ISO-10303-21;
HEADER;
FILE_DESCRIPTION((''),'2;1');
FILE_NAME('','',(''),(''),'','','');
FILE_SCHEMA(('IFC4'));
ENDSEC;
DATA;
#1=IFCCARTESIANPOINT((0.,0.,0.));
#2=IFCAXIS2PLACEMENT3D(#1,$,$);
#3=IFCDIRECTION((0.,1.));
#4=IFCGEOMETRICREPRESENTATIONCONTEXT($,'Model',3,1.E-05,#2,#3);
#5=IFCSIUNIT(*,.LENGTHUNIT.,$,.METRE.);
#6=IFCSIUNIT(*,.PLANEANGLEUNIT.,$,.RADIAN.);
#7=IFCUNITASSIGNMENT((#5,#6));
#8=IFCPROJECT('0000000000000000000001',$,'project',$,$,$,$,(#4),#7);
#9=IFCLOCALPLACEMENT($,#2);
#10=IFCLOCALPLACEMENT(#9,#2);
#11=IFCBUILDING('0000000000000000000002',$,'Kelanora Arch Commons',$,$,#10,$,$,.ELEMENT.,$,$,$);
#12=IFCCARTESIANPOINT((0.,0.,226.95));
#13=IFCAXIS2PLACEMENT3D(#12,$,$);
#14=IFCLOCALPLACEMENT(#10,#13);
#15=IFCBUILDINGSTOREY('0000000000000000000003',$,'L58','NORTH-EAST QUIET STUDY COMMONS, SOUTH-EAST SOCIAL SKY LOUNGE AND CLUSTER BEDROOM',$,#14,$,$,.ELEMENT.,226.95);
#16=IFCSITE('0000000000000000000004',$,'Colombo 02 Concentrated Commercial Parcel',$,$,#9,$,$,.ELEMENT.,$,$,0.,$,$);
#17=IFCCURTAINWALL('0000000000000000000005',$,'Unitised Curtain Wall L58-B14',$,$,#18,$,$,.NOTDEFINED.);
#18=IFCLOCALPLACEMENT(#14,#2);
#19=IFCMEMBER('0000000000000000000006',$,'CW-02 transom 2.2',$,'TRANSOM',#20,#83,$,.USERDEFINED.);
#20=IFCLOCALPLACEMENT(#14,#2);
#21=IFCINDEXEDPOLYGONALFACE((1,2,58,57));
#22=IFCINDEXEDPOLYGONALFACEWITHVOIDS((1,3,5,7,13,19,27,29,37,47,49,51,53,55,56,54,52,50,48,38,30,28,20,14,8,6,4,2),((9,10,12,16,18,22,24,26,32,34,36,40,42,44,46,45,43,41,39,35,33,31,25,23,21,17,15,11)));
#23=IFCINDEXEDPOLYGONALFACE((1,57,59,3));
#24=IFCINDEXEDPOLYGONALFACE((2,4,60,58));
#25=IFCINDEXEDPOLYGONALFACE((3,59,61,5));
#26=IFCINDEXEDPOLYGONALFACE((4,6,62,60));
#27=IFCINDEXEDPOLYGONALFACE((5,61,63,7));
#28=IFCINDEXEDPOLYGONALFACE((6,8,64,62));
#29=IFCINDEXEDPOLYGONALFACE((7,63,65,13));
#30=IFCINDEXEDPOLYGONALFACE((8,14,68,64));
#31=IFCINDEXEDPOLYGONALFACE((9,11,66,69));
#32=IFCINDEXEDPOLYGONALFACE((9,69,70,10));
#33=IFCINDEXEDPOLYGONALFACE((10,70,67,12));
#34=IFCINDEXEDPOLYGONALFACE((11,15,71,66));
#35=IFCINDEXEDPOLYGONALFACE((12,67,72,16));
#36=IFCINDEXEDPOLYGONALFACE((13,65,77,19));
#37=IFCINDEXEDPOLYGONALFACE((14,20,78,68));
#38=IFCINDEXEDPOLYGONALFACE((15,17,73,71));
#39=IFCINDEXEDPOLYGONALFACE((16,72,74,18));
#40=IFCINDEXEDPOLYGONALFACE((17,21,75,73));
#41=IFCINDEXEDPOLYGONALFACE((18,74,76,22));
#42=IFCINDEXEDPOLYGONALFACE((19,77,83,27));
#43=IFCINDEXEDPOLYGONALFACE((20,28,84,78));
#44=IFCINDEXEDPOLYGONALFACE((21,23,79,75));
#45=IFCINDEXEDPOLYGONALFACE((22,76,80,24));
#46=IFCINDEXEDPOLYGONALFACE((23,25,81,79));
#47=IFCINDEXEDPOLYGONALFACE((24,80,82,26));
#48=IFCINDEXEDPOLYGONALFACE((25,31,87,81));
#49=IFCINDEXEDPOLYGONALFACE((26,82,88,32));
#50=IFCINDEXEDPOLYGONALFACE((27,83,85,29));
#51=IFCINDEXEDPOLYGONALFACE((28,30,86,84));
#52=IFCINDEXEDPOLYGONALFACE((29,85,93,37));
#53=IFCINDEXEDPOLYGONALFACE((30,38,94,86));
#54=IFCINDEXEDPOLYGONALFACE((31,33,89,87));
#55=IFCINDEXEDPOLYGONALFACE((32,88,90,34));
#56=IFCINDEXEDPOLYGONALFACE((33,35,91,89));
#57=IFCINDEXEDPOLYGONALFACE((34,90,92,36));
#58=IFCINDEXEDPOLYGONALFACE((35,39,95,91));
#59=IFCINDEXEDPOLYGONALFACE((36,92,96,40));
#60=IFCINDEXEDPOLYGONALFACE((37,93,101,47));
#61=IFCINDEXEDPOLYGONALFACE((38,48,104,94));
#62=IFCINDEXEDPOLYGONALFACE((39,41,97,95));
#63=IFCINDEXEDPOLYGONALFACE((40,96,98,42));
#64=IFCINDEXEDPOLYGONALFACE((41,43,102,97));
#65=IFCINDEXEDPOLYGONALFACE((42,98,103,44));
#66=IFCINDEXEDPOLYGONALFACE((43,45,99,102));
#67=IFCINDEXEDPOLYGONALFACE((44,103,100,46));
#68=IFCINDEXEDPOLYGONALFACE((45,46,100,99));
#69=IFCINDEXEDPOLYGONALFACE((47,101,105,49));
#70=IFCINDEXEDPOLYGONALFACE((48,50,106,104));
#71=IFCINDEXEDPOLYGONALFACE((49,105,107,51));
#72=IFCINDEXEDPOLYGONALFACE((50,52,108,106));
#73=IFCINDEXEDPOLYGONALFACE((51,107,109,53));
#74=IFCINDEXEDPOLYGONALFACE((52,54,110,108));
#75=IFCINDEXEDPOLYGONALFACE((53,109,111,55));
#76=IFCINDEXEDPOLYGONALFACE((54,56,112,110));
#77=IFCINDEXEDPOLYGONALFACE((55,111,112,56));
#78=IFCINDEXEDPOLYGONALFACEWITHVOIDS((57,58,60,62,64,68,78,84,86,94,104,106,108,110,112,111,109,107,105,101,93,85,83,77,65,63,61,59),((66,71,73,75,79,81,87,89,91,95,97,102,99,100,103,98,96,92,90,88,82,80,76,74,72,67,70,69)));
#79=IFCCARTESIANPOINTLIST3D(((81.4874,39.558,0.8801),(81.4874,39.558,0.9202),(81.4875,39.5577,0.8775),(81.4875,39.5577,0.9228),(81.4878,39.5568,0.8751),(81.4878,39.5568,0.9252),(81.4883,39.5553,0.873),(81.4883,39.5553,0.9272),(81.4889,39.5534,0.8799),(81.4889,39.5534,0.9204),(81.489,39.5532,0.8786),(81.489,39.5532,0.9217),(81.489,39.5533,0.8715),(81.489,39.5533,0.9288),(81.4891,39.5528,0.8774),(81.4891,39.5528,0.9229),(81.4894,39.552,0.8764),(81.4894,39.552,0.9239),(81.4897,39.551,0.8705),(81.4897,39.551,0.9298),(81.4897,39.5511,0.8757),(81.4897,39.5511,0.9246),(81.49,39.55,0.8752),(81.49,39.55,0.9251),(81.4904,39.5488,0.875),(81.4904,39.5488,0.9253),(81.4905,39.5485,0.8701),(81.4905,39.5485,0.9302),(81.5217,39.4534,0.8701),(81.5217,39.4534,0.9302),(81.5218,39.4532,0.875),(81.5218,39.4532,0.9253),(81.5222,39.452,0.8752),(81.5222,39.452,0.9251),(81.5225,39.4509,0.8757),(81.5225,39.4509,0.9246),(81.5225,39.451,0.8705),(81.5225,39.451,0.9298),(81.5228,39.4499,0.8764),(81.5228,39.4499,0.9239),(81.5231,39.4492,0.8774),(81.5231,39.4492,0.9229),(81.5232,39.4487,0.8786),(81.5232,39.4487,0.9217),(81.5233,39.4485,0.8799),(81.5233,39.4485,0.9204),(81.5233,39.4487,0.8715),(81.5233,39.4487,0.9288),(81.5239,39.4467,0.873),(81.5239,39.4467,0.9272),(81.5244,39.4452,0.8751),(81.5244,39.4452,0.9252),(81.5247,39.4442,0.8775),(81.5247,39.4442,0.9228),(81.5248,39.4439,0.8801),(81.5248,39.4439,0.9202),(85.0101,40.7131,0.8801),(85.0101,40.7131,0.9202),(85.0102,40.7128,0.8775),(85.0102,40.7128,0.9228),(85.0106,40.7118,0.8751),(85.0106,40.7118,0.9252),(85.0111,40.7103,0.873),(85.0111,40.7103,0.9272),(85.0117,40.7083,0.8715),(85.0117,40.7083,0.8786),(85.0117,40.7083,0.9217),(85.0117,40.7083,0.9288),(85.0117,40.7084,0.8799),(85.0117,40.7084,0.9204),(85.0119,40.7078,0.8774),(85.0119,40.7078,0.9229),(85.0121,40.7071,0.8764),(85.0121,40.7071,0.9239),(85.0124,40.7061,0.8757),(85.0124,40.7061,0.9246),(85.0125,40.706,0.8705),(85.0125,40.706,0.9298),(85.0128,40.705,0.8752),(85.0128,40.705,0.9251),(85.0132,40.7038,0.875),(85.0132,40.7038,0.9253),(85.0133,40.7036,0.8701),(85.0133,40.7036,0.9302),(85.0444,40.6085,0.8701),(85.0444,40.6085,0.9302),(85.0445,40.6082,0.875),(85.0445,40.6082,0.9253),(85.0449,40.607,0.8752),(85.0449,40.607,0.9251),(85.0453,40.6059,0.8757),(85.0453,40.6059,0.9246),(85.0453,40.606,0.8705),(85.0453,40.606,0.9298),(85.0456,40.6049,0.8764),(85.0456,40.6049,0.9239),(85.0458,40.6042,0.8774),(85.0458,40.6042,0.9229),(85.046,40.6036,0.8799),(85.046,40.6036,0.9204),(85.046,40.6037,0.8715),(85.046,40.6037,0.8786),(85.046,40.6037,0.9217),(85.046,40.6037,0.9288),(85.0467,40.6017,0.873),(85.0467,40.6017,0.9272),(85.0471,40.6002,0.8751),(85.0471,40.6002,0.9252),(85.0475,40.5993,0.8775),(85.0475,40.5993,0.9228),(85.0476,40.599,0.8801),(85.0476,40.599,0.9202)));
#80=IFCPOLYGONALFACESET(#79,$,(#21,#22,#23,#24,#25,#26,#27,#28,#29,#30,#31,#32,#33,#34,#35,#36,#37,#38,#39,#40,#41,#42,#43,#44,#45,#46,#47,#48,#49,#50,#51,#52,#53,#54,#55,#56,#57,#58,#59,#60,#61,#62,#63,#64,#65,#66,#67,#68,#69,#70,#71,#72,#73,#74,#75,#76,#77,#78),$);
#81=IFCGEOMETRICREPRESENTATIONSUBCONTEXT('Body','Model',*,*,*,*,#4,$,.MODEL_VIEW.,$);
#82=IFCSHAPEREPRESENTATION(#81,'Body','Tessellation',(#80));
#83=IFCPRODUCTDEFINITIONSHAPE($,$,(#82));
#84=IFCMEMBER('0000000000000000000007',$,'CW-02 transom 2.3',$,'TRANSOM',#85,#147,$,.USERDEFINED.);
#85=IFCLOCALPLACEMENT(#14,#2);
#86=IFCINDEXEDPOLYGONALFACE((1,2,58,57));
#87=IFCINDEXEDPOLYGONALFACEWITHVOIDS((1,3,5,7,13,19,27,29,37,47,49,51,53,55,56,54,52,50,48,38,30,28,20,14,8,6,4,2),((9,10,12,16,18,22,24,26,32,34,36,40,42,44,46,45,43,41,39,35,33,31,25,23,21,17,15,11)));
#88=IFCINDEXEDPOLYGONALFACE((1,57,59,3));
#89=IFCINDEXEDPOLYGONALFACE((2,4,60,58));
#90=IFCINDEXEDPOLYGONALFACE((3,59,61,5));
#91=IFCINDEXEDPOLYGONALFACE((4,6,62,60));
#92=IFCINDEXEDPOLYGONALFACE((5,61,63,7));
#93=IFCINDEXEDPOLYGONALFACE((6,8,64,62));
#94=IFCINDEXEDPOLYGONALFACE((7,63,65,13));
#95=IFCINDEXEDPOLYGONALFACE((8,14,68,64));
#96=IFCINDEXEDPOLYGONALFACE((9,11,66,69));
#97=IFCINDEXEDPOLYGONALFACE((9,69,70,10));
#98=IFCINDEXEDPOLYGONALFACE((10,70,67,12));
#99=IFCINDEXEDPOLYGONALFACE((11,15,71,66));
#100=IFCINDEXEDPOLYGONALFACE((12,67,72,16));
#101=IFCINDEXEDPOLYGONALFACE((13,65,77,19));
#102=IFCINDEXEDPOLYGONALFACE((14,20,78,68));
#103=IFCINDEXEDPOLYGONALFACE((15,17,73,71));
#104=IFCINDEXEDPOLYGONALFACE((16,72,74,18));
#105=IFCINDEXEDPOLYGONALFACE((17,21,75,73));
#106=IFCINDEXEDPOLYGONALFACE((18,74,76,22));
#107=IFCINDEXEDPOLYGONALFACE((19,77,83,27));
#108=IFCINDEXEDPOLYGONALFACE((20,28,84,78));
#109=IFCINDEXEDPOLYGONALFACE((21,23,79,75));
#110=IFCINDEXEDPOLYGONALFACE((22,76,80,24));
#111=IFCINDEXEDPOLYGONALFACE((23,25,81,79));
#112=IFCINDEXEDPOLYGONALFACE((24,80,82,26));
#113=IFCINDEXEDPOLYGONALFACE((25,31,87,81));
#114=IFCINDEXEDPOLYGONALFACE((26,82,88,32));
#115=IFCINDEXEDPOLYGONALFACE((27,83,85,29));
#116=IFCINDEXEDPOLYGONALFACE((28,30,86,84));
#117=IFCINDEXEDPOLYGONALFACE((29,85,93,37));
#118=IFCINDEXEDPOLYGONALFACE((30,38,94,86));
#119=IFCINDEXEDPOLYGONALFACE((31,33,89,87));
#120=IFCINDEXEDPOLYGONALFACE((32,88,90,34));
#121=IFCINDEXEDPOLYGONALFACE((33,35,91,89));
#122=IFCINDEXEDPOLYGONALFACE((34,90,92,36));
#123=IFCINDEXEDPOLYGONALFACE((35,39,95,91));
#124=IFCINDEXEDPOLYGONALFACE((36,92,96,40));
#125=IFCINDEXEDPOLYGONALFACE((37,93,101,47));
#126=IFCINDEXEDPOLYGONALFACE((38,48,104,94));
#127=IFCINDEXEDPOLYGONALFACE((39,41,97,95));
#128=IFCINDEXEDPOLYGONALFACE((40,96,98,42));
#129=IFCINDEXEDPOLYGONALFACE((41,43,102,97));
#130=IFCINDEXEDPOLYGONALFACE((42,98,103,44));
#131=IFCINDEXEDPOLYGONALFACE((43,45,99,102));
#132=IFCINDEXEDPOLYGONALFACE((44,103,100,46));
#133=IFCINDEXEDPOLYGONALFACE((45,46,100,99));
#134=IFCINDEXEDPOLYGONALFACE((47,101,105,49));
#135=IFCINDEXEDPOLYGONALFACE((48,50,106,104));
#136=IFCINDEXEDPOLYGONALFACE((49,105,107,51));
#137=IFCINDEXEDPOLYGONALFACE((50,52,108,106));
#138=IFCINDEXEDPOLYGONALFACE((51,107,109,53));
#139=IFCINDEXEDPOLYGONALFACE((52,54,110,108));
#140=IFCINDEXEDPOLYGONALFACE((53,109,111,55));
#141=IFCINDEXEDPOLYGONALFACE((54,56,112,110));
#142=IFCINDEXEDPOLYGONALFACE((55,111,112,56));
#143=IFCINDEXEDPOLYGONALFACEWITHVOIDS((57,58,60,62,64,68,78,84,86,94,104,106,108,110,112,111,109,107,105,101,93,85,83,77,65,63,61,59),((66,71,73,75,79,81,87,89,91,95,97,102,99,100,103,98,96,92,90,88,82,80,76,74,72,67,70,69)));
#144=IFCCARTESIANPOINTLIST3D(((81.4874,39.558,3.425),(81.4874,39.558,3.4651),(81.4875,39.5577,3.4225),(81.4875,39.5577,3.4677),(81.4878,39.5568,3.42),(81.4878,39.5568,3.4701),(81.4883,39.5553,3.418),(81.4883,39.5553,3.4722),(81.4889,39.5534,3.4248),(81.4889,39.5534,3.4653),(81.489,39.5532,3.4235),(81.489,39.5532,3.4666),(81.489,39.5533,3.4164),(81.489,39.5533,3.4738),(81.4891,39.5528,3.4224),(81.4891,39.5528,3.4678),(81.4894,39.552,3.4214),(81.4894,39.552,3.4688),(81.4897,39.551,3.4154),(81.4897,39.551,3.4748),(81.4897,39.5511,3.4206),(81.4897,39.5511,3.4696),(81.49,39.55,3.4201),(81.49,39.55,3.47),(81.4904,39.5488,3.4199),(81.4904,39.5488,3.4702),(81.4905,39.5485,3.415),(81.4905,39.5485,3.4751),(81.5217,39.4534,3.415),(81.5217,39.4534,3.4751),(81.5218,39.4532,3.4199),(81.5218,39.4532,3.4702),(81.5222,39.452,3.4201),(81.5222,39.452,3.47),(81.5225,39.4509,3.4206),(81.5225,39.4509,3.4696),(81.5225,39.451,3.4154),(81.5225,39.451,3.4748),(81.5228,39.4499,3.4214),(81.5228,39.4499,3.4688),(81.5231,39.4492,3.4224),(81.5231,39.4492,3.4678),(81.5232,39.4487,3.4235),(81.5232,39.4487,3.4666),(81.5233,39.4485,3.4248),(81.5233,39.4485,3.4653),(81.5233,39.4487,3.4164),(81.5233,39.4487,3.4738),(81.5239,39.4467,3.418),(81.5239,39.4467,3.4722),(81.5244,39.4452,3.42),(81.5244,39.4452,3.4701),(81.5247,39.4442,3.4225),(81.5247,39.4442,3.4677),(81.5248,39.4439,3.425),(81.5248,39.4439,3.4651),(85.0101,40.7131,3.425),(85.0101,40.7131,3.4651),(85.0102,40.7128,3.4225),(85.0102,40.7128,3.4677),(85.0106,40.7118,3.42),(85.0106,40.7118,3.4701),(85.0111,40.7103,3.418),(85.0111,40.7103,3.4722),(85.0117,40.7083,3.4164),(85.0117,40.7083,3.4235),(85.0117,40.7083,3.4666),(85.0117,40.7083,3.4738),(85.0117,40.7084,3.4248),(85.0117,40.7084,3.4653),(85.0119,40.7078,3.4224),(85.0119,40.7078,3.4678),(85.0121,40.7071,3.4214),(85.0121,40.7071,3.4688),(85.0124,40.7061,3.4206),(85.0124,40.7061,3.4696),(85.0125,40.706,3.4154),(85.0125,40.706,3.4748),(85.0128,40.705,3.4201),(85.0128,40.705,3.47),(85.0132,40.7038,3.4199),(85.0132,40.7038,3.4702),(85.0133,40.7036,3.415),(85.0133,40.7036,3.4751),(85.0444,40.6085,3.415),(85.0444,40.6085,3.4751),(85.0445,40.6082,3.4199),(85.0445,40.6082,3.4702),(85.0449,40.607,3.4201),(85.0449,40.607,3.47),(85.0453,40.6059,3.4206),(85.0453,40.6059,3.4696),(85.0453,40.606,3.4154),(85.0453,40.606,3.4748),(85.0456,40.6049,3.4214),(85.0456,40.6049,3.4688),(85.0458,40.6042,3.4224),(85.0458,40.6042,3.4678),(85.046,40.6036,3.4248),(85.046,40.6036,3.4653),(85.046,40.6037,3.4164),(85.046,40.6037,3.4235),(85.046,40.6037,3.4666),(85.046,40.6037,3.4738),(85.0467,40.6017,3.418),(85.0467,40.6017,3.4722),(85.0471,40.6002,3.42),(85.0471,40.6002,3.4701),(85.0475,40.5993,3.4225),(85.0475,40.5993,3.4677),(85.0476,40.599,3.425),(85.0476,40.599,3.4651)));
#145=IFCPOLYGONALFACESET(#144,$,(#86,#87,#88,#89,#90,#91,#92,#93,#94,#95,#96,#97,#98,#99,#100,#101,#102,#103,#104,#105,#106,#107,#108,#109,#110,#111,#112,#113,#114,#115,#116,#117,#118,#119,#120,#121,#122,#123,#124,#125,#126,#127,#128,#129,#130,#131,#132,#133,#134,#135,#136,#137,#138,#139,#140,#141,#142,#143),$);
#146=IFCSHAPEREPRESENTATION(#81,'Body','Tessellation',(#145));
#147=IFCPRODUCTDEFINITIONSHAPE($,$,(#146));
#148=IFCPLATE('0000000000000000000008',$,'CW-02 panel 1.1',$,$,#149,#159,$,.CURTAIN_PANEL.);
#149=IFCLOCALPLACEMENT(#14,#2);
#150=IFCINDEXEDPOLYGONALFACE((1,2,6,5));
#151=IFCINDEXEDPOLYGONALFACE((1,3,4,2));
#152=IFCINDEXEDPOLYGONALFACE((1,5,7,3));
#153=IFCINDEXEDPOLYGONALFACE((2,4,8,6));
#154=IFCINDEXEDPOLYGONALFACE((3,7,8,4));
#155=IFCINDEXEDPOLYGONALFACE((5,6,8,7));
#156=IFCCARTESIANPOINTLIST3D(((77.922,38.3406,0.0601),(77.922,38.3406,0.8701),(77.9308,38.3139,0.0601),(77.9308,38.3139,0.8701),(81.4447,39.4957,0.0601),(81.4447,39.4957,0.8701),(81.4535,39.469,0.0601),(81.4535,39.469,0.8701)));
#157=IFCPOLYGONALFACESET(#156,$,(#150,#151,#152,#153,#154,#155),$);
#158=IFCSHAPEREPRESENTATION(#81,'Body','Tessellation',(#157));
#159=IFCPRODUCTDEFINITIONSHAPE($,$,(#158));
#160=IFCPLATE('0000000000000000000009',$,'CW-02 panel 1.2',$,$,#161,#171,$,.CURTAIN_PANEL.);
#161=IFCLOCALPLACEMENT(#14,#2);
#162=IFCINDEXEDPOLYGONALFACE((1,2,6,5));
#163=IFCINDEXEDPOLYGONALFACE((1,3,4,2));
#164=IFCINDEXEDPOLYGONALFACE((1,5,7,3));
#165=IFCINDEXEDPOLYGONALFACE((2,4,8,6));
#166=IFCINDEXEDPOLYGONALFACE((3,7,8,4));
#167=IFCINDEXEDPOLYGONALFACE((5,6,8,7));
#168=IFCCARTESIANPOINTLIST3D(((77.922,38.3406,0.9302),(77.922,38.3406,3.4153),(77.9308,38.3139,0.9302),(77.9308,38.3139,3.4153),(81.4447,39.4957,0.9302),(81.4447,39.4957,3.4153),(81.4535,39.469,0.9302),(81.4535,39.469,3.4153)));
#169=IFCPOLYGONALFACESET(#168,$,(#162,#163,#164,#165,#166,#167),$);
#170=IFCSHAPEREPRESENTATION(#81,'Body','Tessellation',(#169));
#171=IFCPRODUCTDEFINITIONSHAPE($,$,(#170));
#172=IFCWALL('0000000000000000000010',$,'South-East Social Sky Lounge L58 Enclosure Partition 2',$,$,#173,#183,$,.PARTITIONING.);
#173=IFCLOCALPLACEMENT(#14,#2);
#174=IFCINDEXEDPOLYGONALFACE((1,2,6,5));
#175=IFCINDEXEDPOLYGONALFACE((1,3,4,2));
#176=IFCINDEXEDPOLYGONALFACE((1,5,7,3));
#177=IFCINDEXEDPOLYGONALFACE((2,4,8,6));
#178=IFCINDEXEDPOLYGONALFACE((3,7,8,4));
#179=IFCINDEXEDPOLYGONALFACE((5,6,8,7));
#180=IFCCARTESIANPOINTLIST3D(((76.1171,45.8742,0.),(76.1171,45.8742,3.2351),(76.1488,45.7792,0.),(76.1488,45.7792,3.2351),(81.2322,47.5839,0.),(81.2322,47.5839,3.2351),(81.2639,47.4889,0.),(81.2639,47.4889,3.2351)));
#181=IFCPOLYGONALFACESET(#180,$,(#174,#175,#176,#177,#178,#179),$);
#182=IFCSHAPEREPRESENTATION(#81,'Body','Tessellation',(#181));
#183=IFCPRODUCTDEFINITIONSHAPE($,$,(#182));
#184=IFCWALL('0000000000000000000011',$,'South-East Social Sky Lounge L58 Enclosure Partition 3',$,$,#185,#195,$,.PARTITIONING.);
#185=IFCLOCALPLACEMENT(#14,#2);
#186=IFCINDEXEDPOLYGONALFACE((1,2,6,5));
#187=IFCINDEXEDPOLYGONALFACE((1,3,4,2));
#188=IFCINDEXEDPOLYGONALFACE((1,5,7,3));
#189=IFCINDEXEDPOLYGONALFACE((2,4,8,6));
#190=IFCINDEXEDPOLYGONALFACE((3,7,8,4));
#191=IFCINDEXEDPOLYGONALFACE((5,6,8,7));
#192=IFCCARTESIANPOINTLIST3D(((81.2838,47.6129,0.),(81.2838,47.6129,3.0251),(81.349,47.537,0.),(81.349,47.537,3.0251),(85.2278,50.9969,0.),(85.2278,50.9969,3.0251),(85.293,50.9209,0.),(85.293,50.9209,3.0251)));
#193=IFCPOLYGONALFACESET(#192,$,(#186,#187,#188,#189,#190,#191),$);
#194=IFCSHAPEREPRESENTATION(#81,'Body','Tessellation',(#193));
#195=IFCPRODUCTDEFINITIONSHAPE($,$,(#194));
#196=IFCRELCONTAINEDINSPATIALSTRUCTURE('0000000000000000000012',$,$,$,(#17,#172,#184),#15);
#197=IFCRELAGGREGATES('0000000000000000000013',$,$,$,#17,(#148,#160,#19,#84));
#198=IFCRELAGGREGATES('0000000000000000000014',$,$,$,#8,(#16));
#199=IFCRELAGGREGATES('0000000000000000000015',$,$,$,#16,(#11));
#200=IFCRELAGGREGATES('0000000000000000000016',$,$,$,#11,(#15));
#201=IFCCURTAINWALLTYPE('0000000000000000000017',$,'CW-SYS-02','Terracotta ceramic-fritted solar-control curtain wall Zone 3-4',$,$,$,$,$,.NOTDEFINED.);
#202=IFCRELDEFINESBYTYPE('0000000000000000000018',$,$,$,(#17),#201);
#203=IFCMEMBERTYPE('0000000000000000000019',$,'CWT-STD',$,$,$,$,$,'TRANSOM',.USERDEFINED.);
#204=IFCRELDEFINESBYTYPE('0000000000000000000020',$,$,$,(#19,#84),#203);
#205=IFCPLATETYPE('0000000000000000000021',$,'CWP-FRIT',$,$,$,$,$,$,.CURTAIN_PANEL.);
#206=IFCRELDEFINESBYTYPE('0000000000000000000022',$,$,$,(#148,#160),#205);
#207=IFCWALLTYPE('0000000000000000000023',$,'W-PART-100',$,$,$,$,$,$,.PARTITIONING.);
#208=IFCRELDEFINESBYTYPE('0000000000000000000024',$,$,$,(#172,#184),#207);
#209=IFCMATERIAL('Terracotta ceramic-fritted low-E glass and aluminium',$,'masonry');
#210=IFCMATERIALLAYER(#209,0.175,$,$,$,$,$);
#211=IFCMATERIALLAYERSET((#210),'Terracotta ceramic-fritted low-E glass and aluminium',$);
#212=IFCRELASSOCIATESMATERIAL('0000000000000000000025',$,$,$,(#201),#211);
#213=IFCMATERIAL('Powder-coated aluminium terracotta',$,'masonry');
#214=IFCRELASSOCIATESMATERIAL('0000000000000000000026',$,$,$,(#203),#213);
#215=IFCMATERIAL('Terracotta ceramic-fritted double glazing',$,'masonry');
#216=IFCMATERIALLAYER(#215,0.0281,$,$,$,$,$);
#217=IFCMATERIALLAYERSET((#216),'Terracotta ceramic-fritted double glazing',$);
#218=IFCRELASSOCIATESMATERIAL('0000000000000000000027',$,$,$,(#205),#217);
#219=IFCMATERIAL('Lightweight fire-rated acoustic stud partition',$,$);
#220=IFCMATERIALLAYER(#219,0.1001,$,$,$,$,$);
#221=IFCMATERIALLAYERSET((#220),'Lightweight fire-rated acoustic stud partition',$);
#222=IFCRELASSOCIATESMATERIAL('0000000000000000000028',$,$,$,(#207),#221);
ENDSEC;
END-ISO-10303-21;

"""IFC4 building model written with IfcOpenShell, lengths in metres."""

from ifc_helpers import new_model, si_unit, direction, frame, frame_2d, origin, origin_2d, place, context, subcontext, project, spatial, rectangle, hollow_rectangle, extrude, source, transform, mapped, material, layer, layer_set, material_profile, profile_set, type_object, element, aggregate, save


model = new_model("IFC4")

# Units and contexts
model_context = context("Model", 3, precision=1e-05, world=origin(), true_north=direction((0.0, 1.0)))
body_context = subcontext(model_context, "Body", "Model", "MODEL_VIEW")
ifc_project = project(units=[si_unit("LENGTHUNIT", "METRE"), si_unit("PLANEANGLEUNIT", "RADIAN")], contexts=[model_context])

# Site, building, storey
site_placement = place(None, origin())
site = spatial("IfcSite", under=ifc_project, at=site_placement, Name="Colombo 02 Concentrated Commercial Parcel", CompositionType="ELEMENT", RefElevation=0.0)
building_placement = place(site_placement, origin())
building = spatial("IfcBuilding", under=site, at=building_placement, Name="Kelanora Arch Commons", CompositionType="ELEMENT")
storey_placement = place(building_placement, frame((0.0, 0.0, 226.95)))
storey = spatial("IfcBuildingStorey", under=building, at=storey_placement, Name="L58", Description="NORTH-EAST QUIET STUDY COMMONS, SOUTH-EAST SOCIAL SKY LOUNGE AND CLUSTER BEDROOM", CompositionType="ELEMENT", Elevation=226.95)

# Curtain wall, members, plates
ifc_material_1 = material(Name="Terracotta ceramic-fritted low-E glass and aluminium", Category="masonry")
ifc_layer_1 = layer(ifc_material_1, 0.175)
ifc_layer_set_1 = layer_set([ifc_layer_1], Name="Terracotta ceramic-fritted low-E glass and aluminium")
curtain_wall_type = type_object("IfcCurtainWallType", Name="CW-SYS-02", Description="Terracotta ceramic-fritted solar-control curtain wall Zone 3-4", PredefinedType="NOTDEFINED", material=ifc_layer_set_1)
curtain_wall_placement = place(storey_placement, origin())
curtain_wall = element("IfcCurtainWall", 1, at=curtain_wall_placement, inside=storey, type_object=curtain_wall_type, Name="Unitised Curtain Wall L58-B14", PredefinedType="NOTDEFINED")
ifc_material_2 = material(Name="Powder-coated aluminium terracotta", Category="masonry")
ifc_material_profile_1 = material_profile(ifc_material_2, hollow_rectangle(XDim=0.1201, YDim=0.0601, WallThickness=0.0049, InnerFilletRadius=0.0049, OuterFilletRadius=0.01, at=origin_2d()), Name="CWT120x60")
ifc_profile_set_1 = profile_set([ifc_material_profile_1], Name="Powder-coated aluminium terracotta")
member_type_1 = type_object("IfcMemberType", Name="CWT-STD", ElementType="TRANSOM", PredefinedType="USERDEFINED", material=ifc_profile_set_1)
member_1_placement = place(storey_placement, frame((81.5061, 39.501, 0.9001), z_axis=(0.950226, 0.311561, 0.0), x_axis=(-0.311561, 0.950226, 0.0)))
member_1 = element("IfcMember", 2, at=member_1_placement, type_object=member_type_1, Name="CW-02 transom 2.2", ObjectType="TRANSOM", PredefinedType="USERDEFINED", context=body_context, shape_type="SweptSolid", body=[
    extrude(hollow_rectangle(XDim=0.1201, YDim=0.0601, WallThickness=0.0049, InnerFilletRadius=0.0049, OuterFilletRadius=0.01, at=origin_2d()), origin(), (0.0, 0.0, 1.0), 3.7073),
])
member_2_placement = place(storey_placement, frame((81.5061, 39.501, 3.4451), z_axis=(0.950226, 0.311561, 0.0), x_axis=(-0.311561, 0.950226, 0.0)))
member_2 = element("IfcMember", 3, at=member_2_placement, type_object=member_type_1, Name="CW-02 transom 2.3", ObjectType="TRANSOM", PredefinedType="USERDEFINED", context=body_context, shape_type="SweptSolid", body=[
    extrude(hollow_rectangle(XDim=0.1201, YDim=0.0601, WallThickness=0.0049, InnerFilletRadius=0.0049, OuterFilletRadius=0.01, at=origin_2d()), origin(), (0.0, 0.0, 1.0), 3.7073),
])
ifc_material_3 = material(Name="Terracotta ceramic-fritted double glazing", Category="masonry")
ifc_layer_2 = layer(ifc_material_3, 0.0281)
ifc_layer_set_2 = layer_set([ifc_layer_2], Name="Terracotta ceramic-fritted double glazing")
plate_type = type_object("IfcPlateType", Name="CWP-FRIT", PredefinedType="CURTAIN_PANEL", material=ifc_layer_set_2)
shared_shape_1 = source(origin(), body_context, "Body", "SweptSolid", [
    extrude(rectangle(XDim=3.7073, YDim=0.0281, at=origin_2d()), origin(), (0.0, 0.0, 1.0), 0.8101),
])
plate_1_placement = place(storey_placement, frame((79.6877, 38.9048, 0.0601), z_axis=(0.0, 0.0, 1.0), x_axis=(0.950219, 0.311582, 0.0)))
plate_1 = element("IfcPlate", 4, at=plate_1_placement, type_object=plate_type, Name="CW-02 panel 1.1", PredefinedType="CURTAIN_PANEL", context=body_context, shape_type="MappedRepresentation", body=[
    mapped(shared_shape_1, transform((0.0, 0.0, 0.0), scale=1.0)),
])
shared_shape_2 = source(origin(), body_context, "Body", "SweptSolid", [
    extrude(rectangle(XDim=3.7073, YDim=0.0281, at=origin_2d()), origin(), (0.0, 0.0, 1.0), 2.4851),
])
plate_2_placement = place(storey_placement, frame((79.6877, 38.9048, 0.9302), z_axis=(0.0, 0.0, 1.0), x_axis=(0.950219, 0.311582, 0.0)))
plate_2 = element("IfcPlate", 5, at=plate_2_placement, type_object=plate_type, Name="CW-02 panel 1.2", PredefinedType="CURTAIN_PANEL", context=body_context, shape_type="MappedRepresentation", body=[
    mapped(shared_shape_2, transform((0.0, 0.0, 0.0), scale=1.0)),
])
aggregate(curtain_wall, [plate_1, plate_2, member_1, member_2])

# Walls
ifc_material_4 = material(Name="Lightweight fire-rated acoustic stud partition")
ifc_layer_3 = layer(ifc_material_4, 0.1001)
ifc_layer_set_3 = layer_set([ifc_layer_3], Name="Lightweight fire-rated acoustic stud partition")
wall_type_1 = type_object("IfcWallType", Name="W-PART-100", PredefinedType="PARTITIONING", material=ifc_layer_set_3)
wall_1_placement = place(storey_placement, frame((76.1328, 45.8267, 0.0), z_axis=(0.0, 0.0, 1.0), x_axis=(0.948425, 0.317002, 0.0)))
element("IfcWall", 6, at=wall_1_placement, inside=storey, type_object=wall_type_1, Name="South-East Social Sky Lounge L58 Enclosure Partition 2", PredefinedType="PARTITIONING", context=body_context, shape_type="SweptSolid", body=[
    extrude(rectangle(XDim=5.3933, YDim=0.1001, at=frame_2d((2.6968, 0.0))), origin(), (0.0, 0.0, 1.0), 3.2351),
])
wall_2_placement = place(storey_placement, frame((81.3164, 47.575, 0.0), z_axis=(0.0, 0.0, 1.0), x_axis=(0.758935, 0.651167, 0.0)))
element("IfcWall", 7, at=wall_2_placement, inside=storey, type_object=wall_type_1, Name="South-East Social Sky Lounge L58 Enclosure Partition 3", PredefinedType="PARTITIONING", context=body_context, shape_type="SweptSolid", body=[
    extrude(rectangle(XDim=5.1968, YDim=0.1001, at=frame_2d((2.5984, 0.0))), origin(), (0.0, 0.0, 1.0), 3.0251),
])

save(model, "model.ifc")
